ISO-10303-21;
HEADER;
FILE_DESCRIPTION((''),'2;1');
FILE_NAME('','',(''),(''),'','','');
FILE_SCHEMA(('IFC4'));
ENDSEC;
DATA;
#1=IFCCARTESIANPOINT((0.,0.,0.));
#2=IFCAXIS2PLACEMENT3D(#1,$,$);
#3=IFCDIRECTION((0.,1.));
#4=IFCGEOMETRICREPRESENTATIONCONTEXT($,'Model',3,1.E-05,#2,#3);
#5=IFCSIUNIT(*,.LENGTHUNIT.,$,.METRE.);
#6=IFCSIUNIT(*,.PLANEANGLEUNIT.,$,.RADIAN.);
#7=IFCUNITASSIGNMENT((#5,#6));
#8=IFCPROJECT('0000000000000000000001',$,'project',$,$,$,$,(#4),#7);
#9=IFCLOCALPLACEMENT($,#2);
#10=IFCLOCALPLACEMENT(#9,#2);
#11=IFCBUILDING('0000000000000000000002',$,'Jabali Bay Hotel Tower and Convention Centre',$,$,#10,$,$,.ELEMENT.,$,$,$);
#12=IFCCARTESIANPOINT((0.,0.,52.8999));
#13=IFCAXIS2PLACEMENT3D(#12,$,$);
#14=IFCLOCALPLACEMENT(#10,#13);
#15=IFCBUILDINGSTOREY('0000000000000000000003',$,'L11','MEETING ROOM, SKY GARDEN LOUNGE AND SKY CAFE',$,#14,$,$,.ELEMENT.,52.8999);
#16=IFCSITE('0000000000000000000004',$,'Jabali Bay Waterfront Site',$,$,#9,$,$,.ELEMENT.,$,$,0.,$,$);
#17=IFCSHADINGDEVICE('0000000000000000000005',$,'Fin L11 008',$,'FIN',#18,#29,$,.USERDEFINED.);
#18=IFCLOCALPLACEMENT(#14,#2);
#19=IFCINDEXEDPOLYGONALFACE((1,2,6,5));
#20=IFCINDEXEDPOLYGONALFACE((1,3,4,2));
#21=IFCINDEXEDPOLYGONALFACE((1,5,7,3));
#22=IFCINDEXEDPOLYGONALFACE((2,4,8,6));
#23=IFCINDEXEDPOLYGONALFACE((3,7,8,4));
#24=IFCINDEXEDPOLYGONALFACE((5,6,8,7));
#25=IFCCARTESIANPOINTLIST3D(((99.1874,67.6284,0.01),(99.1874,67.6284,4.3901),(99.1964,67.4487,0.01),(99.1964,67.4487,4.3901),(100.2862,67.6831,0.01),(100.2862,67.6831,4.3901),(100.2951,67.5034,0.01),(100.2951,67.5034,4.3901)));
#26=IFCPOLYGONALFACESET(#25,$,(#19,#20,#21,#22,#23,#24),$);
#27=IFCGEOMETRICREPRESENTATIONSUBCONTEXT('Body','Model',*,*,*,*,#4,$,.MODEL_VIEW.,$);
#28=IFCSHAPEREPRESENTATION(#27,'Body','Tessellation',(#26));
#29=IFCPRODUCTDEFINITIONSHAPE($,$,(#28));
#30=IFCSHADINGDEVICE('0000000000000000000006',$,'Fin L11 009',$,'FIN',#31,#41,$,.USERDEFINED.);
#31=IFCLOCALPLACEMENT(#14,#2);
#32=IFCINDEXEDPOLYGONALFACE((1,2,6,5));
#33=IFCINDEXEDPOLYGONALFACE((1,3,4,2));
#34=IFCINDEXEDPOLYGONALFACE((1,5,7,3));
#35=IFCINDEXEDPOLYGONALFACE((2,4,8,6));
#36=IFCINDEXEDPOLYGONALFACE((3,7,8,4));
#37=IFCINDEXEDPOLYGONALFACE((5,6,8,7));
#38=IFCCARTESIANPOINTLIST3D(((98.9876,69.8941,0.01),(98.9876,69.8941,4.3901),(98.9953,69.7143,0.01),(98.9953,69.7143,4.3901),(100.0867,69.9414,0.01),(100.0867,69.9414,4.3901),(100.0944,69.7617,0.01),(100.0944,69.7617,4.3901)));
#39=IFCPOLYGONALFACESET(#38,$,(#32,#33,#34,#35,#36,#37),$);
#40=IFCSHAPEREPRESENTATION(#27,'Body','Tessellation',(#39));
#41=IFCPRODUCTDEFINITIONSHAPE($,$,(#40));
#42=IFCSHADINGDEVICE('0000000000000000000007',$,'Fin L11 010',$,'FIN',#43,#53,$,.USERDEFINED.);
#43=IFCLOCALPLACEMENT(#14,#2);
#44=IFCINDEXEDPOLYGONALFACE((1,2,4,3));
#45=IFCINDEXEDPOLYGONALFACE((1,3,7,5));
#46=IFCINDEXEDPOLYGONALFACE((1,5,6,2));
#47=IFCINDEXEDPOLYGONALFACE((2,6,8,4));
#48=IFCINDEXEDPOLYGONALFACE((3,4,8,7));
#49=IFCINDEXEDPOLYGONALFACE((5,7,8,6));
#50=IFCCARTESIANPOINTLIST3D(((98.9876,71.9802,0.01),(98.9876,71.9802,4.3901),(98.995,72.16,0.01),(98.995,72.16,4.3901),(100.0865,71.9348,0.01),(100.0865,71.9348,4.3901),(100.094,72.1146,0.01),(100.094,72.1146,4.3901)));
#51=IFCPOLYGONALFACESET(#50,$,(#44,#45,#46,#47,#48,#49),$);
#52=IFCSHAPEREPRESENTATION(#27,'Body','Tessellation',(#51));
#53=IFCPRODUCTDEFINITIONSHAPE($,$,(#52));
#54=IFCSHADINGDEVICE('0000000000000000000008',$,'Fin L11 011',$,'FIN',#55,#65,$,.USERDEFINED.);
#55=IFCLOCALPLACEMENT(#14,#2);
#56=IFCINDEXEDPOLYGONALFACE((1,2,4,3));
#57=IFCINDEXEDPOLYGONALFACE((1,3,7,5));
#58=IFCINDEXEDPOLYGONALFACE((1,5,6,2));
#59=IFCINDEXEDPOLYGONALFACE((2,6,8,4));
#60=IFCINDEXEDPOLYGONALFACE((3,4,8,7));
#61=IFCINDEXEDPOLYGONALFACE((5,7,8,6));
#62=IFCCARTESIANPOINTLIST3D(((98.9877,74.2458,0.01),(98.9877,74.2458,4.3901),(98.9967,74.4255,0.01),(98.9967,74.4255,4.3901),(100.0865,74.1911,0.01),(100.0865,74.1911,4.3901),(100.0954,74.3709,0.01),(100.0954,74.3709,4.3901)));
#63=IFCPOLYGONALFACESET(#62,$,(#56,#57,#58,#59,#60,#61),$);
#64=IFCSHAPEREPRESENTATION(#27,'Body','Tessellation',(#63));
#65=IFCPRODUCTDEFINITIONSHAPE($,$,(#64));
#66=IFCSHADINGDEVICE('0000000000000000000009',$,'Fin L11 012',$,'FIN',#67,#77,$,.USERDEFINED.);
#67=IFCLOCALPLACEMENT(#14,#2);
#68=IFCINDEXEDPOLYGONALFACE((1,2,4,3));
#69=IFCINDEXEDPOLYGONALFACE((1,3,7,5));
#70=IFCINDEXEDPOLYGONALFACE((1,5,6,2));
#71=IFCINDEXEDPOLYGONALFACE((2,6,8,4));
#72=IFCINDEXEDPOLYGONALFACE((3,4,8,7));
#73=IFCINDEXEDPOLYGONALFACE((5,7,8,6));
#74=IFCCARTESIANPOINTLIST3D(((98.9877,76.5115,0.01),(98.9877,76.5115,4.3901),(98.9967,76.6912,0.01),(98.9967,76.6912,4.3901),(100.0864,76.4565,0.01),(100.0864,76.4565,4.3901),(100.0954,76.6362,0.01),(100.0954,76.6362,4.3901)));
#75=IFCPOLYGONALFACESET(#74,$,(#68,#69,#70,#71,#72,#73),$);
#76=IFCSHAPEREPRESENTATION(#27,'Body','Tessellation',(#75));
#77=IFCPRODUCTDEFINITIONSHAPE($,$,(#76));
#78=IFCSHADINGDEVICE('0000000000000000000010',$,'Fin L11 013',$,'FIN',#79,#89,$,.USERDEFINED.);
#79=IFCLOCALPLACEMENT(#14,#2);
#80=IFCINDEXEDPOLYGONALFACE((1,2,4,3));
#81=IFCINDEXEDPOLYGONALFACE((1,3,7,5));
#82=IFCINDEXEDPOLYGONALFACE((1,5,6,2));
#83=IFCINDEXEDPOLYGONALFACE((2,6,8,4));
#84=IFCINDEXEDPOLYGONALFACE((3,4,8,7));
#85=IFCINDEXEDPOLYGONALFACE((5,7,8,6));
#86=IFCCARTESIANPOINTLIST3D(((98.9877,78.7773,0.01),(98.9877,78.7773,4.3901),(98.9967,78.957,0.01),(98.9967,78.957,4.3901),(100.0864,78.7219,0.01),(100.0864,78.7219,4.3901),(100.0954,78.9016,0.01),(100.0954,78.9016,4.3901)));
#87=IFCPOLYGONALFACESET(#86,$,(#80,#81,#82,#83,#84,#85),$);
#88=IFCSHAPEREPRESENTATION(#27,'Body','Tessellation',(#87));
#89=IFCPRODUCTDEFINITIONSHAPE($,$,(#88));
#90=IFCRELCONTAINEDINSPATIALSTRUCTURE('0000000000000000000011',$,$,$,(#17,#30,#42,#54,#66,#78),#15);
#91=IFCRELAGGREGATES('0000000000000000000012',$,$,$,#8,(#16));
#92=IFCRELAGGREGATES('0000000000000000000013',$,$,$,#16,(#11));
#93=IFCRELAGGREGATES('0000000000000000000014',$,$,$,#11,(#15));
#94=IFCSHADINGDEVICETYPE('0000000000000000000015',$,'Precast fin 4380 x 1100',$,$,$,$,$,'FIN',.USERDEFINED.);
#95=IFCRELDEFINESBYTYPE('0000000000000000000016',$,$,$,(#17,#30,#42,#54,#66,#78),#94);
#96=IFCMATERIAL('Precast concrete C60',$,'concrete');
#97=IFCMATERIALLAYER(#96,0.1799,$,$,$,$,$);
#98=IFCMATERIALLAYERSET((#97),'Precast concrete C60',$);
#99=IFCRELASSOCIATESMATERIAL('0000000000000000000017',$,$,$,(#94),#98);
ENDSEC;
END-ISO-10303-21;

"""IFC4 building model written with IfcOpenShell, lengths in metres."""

from ifc_helpers import new_model, si_unit, direction, frame, frame_2d, origin, place, context, subcontext, project, spatial, rectangle, extrude, material, layer, layer_set, type_object, element, save


model = new_model("IFC4")

# Units and contexts
model_context = context("Model", 3, precision=1e-05, world=origin(), true_north=direction((0.0, 1.0)))
body_context = subcontext(model_context, "Body", "Model", "MODEL_VIEW")
ifc_project = project(units=[si_unit("LENGTHUNIT", "METRE"), si_unit("PLANEANGLEUNIT", "RADIAN")], contexts=[model_context])

# Site, building, storey
site_placement = place(None, origin())
site = spatial("IfcSite", under=ifc_project, at=site_placement, Name="Jabali Bay Waterfront Site", CompositionType="ELEMENT", RefElevation=0.0)
building_placement = place(site_placement, origin())
building = spatial("IfcBuilding", under=site, at=building_placement, Name="Jabali Bay Hotel Tower and Convention Centre", CompositionType="ELEMENT")
storey_placement = place(building_placement, frame((0.0, 0.0, 52.8999)))
storey = spatial("IfcBuildingStorey", under=building, at=storey_placement, Name="L11", Description="MEETING ROOM, SKY GARDEN LOUNGE AND SKY CAFE", CompositionType="ELEMENT", Elevation=52.8999)

# Shading devices
ifc_material_1 = material(Name="Precast concrete C60", Category="concrete")
ifc_layer_1 = layer(ifc_material_1, 0.1799)
ifc_layer_set_1 = layer_set([ifc_layer_1], Name="Precast concrete C60")
shading_device_type = type_object("IfcShadingDeviceType", Name="Precast fin 4380 x 1100", ElementType="FIN", PredefinedType="USERDEFINED", material=ifc_layer_set_1)
for number, where, z_axis, x_axis, name in (
    (1, (99.1919, 67.5386, 0.01), (0.0, 0.0, 1.0), (0.998763, 0.049716, 0.0), "Fin L11 008"),
    (2, (98.9915, 69.8042, 0.01), (0.0, 0.0, 1.0), (0.999073, 0.043052, 0.0), "Fin L11 009"),
):
    element("IfcShadingDevice", number, at=place(storey_placement, frame(where, z_axis=z_axis, x_axis=x_axis)), inside=storey, type_object=shading_device_type, Name=name, ObjectType="FIN", PredefinedType="USERDEFINED", context=body_context, shape_type="SweptSolid", body=[
        extrude(rectangle(XDim=1.1001, YDim=0.1799, at=frame_2d((0.55, 0.0))), origin(), (0.0, 0.0, 1.0), 4.3801),
    ])
shading_device_placement = place(storey_placement, frame((98.9915, 72.0701, 0.01), z_axis=(0.0, 0.0, 1.0), x_axis=(0.999147, -0.041289, 0.0)))
element("IfcShadingDevice", 3, at=shading_device_placement, inside=storey, type_object=shading_device_type, Name="Fin L11 010", ObjectType="FIN", PredefinedType="USERDEFINED", context=body_context, shape_type="SweptSolid", body=[
    extrude(rectangle(XDim=1.0999, YDim=0.1799, at=frame_2d((0.5498, 0.0))), origin(), (0.0, 0.0, 1.0), 4.3801),
])
for number, where, z_axis, x_axis, name in (
    (4, (98.9922, 74.3357, 0.01), (0.0, 0.0, 1.0), (0.998763, -0.049716, 0.0), "Fin L11 011"),
    (5, (98.9922, 76.6013, 0.01), (0.0, 0.0, 1.0), (0.998752, -0.049938, 0.0), "Fin L11 012"),
    (6, (98.9922, 78.8672, 0.01), (0.0, 0.0, 1.0), (0.99873, -0.05038, 0.0), "Fin L11 013"),
):
    element("IfcShadingDevice", number, at=place(storey_placement, frame(where, z_axis=z_axis, x_axis=x_axis)), inside=storey, type_object=shading_device_type, Name=name, ObjectType="FIN", PredefinedType="USERDEFINED", context=body_context, shape_type="SweptSolid", body=[
        extrude(rectangle(XDim=1.1001, YDim=0.1799, at=frame_2d((0.55, 0.0))), origin(), (0.0, 0.0, 1.0), 4.3801),
    ])

save(model, "model.ifc")
